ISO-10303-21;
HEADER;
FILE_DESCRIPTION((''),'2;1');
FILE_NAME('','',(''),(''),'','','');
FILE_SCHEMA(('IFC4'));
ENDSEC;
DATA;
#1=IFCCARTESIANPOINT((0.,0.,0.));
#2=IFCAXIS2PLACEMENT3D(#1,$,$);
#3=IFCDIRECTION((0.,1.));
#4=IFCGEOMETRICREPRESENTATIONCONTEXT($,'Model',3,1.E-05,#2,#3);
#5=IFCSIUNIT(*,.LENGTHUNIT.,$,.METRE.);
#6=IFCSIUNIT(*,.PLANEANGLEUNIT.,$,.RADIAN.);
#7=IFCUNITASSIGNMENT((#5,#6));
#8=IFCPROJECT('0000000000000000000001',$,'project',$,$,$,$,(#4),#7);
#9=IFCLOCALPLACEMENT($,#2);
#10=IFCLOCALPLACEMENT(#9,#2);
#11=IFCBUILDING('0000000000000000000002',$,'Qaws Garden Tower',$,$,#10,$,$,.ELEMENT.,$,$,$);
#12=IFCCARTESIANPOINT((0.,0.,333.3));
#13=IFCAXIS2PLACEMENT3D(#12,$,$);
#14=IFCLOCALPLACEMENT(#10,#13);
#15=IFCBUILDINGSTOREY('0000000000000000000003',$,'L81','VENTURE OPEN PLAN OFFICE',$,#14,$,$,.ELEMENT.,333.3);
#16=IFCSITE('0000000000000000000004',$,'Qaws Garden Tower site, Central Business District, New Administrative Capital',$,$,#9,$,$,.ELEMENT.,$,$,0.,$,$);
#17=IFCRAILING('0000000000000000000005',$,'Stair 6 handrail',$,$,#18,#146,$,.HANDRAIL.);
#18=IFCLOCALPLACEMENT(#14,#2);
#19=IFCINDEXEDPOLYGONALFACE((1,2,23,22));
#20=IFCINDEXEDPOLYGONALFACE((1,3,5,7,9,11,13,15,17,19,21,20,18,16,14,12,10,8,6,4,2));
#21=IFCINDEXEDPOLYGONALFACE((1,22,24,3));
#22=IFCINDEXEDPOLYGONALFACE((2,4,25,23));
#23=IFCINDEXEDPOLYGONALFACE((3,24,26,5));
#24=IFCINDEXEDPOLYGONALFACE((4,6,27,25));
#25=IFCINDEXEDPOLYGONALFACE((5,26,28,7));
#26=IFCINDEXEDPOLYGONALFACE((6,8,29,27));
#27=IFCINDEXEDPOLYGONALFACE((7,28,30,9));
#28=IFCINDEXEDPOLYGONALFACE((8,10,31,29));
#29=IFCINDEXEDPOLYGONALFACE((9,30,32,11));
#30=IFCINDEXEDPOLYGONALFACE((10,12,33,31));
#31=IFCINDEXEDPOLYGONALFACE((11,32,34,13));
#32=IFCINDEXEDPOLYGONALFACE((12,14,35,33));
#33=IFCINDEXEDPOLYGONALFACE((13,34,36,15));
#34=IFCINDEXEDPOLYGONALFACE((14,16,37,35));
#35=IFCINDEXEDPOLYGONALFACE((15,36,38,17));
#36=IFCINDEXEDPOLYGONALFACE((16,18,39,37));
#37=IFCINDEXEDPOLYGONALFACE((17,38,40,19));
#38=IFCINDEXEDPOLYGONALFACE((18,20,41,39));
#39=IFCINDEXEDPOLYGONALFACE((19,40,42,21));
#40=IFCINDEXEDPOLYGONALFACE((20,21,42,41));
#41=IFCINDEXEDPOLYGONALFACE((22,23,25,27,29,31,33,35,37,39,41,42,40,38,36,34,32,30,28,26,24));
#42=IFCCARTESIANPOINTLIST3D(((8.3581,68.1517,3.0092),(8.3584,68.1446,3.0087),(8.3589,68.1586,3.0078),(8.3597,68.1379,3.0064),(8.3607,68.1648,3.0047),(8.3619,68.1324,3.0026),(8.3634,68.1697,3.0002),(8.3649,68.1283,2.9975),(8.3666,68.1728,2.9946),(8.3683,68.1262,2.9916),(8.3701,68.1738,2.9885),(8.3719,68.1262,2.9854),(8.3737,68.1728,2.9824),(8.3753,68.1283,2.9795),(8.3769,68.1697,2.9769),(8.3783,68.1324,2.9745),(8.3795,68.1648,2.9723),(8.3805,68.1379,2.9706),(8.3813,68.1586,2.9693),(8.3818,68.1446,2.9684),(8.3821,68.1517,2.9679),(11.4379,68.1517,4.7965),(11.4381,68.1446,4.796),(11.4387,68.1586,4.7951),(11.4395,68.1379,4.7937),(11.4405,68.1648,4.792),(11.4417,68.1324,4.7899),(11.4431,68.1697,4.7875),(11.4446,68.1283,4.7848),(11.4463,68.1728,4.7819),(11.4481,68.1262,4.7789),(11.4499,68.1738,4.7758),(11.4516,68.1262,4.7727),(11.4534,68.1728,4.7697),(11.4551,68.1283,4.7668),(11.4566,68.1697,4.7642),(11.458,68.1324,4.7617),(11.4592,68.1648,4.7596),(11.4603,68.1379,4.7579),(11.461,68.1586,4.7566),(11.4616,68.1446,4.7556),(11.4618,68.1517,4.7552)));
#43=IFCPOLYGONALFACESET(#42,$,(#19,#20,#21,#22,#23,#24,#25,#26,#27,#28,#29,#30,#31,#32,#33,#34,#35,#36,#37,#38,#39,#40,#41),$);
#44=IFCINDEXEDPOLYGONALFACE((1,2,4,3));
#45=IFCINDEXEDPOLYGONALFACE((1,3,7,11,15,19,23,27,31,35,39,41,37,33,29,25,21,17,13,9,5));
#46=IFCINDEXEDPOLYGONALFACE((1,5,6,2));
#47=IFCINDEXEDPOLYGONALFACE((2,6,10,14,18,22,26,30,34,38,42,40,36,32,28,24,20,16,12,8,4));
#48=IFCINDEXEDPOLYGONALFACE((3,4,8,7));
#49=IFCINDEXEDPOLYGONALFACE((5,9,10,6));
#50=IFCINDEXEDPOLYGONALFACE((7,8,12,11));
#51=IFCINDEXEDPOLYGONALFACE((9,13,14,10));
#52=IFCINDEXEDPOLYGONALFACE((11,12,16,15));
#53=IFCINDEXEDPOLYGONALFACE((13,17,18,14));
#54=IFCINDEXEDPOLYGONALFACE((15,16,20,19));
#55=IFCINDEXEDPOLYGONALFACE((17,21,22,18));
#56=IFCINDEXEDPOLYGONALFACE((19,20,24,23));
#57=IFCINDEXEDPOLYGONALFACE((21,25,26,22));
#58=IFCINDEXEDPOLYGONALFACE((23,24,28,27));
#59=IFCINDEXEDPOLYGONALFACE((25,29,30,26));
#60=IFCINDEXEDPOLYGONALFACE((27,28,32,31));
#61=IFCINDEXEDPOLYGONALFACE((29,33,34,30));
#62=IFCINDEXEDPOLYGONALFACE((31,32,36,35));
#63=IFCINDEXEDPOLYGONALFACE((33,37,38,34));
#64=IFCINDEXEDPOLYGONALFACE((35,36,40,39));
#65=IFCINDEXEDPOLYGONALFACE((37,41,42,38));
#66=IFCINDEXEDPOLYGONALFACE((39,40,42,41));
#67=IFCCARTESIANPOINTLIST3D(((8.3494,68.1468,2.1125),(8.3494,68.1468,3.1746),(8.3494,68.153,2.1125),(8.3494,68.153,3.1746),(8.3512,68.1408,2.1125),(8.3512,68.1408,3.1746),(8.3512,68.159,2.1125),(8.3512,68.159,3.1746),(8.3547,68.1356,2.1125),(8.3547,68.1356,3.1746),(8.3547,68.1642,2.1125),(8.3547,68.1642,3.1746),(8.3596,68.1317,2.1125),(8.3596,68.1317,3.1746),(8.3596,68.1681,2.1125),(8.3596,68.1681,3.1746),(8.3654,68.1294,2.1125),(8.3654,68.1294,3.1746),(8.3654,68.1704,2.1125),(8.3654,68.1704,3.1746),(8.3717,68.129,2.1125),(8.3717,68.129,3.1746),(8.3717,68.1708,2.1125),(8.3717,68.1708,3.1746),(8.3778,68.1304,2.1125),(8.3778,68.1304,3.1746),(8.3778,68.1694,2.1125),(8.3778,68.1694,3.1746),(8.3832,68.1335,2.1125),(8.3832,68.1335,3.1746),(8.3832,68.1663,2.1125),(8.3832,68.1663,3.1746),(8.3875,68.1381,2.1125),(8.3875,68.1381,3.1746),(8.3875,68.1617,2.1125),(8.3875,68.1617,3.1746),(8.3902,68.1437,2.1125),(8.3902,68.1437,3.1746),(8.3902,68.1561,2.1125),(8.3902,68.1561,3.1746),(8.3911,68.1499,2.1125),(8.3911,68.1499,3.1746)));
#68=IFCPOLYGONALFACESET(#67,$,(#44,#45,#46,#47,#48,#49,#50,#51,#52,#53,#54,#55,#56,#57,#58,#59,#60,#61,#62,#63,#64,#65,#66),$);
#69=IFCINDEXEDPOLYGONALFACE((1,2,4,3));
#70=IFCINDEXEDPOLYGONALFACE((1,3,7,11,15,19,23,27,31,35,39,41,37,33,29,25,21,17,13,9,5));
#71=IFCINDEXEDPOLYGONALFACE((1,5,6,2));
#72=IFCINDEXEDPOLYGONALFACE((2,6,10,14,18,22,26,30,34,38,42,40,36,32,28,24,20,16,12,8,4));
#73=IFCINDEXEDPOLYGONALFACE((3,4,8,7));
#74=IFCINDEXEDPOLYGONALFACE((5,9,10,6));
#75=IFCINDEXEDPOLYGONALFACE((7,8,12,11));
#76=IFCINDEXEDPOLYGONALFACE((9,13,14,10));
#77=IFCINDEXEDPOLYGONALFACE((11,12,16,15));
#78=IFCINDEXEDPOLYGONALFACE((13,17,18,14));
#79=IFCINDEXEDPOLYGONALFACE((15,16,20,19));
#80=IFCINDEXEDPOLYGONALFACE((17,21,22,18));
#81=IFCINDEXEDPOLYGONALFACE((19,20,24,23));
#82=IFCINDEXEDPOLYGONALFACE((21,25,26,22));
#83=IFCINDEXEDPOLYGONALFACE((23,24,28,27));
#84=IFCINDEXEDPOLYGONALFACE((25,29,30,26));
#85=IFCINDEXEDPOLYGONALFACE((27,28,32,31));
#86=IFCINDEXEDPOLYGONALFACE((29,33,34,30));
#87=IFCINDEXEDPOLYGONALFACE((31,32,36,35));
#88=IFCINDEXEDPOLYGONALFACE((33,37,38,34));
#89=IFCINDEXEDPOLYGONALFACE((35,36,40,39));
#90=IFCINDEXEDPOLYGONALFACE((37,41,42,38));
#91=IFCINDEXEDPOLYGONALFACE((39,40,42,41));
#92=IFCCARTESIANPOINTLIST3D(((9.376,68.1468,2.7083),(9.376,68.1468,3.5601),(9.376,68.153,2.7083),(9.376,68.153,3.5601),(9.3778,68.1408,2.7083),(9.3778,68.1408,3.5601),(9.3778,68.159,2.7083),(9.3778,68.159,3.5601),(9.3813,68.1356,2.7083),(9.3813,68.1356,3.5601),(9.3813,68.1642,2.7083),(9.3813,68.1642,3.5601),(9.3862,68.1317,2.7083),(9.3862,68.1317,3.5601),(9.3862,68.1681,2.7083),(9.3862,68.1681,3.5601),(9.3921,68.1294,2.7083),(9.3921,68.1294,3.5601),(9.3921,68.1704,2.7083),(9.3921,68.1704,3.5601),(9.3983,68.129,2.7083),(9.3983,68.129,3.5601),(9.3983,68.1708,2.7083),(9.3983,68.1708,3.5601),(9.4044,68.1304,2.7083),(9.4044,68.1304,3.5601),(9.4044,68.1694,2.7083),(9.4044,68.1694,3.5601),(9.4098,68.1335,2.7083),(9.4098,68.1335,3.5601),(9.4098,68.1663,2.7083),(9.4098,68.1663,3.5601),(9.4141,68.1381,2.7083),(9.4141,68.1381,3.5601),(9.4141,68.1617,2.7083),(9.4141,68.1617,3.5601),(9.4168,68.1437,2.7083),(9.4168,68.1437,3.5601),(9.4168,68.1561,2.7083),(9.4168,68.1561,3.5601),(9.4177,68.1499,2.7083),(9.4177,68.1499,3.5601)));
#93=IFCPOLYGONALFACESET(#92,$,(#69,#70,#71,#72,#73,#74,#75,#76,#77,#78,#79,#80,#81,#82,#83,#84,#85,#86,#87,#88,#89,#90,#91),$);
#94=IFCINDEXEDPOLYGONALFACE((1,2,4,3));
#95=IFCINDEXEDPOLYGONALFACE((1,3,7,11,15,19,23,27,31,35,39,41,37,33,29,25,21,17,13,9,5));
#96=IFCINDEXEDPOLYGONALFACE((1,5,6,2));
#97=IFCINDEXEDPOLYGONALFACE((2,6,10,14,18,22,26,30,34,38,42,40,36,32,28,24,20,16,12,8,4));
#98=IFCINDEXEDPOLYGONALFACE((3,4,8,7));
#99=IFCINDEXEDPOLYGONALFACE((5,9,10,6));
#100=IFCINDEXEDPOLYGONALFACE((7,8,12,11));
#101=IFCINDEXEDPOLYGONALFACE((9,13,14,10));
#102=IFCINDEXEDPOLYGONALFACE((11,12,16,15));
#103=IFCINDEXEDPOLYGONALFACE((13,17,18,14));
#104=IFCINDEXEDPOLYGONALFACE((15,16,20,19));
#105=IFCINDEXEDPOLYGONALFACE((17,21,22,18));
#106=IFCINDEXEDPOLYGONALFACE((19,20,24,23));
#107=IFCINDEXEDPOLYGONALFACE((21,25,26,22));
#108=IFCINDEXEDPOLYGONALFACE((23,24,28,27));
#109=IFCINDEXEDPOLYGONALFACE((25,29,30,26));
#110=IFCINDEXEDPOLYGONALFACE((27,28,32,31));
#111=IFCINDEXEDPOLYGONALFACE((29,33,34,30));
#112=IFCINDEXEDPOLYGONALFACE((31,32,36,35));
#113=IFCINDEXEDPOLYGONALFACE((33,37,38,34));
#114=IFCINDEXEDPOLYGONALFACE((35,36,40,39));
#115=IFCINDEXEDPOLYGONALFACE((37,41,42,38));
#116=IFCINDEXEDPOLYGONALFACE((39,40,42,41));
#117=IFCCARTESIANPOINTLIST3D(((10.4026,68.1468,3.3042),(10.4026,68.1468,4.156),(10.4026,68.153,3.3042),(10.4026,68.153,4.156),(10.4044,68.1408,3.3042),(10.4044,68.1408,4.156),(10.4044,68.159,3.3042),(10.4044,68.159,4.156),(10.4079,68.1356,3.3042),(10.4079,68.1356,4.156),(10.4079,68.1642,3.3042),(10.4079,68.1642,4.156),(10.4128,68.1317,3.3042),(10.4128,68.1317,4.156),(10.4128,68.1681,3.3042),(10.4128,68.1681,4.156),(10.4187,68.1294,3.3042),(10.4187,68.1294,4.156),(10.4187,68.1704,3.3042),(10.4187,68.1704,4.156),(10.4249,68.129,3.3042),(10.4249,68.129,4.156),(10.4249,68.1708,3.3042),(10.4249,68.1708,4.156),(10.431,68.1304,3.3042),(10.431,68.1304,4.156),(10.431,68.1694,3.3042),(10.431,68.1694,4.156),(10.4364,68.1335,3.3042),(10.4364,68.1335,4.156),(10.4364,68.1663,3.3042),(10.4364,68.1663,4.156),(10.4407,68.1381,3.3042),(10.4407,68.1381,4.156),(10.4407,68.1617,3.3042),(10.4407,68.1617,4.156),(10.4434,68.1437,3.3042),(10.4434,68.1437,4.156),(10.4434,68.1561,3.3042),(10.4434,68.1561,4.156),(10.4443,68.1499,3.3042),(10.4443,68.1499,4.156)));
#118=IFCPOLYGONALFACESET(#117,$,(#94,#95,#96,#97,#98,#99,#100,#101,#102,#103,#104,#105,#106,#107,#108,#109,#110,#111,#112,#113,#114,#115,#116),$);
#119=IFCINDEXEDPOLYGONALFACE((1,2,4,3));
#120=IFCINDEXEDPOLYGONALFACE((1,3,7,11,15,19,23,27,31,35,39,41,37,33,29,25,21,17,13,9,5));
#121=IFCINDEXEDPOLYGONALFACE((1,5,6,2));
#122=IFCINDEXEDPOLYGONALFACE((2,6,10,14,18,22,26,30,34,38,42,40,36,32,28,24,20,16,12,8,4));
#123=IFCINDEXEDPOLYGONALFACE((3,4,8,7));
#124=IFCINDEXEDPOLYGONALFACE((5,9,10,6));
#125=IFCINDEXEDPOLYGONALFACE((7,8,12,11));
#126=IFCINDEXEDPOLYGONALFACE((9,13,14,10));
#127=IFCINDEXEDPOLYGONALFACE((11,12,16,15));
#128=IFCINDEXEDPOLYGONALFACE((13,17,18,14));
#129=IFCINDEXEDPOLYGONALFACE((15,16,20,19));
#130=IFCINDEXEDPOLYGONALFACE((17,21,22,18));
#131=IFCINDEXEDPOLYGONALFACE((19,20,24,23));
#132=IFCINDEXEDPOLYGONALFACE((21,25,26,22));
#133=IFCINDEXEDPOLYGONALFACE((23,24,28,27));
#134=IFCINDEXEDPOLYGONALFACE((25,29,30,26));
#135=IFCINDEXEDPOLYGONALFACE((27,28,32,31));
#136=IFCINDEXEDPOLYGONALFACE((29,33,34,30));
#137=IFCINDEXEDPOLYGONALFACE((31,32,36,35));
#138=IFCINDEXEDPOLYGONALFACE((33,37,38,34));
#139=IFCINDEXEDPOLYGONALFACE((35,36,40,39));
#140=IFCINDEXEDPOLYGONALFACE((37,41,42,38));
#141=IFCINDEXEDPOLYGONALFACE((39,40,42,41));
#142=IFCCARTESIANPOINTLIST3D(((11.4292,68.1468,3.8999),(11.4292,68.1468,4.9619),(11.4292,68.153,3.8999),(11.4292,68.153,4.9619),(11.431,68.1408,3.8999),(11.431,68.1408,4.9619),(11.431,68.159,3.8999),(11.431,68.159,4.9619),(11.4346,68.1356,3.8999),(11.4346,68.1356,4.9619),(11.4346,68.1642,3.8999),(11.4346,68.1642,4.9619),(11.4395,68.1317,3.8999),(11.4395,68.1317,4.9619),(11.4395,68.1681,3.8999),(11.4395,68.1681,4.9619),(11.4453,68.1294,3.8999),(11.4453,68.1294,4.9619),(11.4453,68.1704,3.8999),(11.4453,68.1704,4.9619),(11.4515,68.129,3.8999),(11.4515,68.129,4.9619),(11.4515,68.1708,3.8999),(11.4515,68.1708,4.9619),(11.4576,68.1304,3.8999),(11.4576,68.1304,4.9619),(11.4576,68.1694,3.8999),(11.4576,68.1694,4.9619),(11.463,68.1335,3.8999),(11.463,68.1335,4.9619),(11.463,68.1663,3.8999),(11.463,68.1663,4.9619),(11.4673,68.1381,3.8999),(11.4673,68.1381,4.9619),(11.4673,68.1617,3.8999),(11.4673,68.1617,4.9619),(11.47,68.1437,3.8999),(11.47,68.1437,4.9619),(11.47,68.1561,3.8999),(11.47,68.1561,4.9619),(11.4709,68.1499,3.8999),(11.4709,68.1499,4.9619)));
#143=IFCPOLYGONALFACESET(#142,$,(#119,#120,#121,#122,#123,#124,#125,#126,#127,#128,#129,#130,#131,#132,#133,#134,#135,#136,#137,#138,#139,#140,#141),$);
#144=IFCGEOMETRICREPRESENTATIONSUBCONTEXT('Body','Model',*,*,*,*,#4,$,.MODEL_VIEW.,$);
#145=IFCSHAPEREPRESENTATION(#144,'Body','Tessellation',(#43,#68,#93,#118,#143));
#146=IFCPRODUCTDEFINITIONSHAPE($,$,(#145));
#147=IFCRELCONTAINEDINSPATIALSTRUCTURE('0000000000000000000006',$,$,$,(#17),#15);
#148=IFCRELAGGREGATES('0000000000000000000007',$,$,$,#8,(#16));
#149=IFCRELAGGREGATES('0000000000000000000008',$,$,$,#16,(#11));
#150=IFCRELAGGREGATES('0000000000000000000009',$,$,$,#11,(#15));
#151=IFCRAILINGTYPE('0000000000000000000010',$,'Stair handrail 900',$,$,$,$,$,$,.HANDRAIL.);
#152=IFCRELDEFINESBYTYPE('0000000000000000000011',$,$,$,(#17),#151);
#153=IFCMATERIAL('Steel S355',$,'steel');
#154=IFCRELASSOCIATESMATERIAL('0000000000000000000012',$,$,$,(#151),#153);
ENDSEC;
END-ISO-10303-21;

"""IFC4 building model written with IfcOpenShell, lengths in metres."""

from ifc_helpers import new_model, si_unit, direction, frame, origin, origin_2d, place, context, subcontext, project, spatial, circle, extrude, material, type_object, element, save


model = new_model("IFC4")

# Units and contexts
model_context = context("Model", 3, precision=1e-05, world=origin(), true_north=direction((0.0, 1.0)))
body_context = subcontext(model_context, "Body", "Model", "MODEL_VIEW")
ifc_project = project(units=[si_unit("LENGTHUNIT", "METRE"), si_unit("PLANEANGLEUNIT", "RADIAN")], contexts=[model_context])

# Site, building, storey
site_placement = place(None, origin())
site = spatial("IfcSite", under=ifc_project, at=site_placement, Name="Qaws Garden Tower site, Central Business District, New Administrative Capital", CompositionType="ELEMENT", RefElevation=0.0)
building_placement = place(site_placement, origin())
building = spatial("IfcBuilding", under=site, at=building_placement, Name="Qaws Garden Tower", CompositionType="ELEMENT")
storey_placement = place(building_placement, frame((0.0, 0.0, 333.3)))
storey = spatial("IfcBuildingStorey", under=building, at=storey_placement, Name="L81", Description="VENTURE OPEN PLAN OFFICE", CompositionType="ELEMENT", Elevation=333.3)

# Railing
ifc_material_1 = material(Name="Steel S355", Category="steel")
railing_type = type_object("IfcRailingType", Name="Stair handrail 900", PredefinedType="HANDRAIL", material=ifc_material_1)
railing_1_placement = place(storey_placement, frame((8.3701, 68.1499, 2.1125)))
element("IfcRailing", 1, at=railing_1_placement, inside=storey, type_object=railing_type, Name="Stair 6 handrail", PredefinedType="HANDRAIL", context=body_context, shape_type="SweptSolid", body=[
    extrude(circle(Radius=0.0239, at=origin_2d()), frame((0.0, 0.0, 0.876), z_axis=(0.864903, 0.0, 0.501939), x_axis=(0.0, 1.0, 0.0)), (0.0, 0.0, 1.0), 3.5608),
    extrude(circle(Radius=0.021, at=origin_2d()), origin(), (0.0, 0.0, 1.0), 1.062),
    extrude(circle(Radius=0.021, at=origin_2d()), frame((1.0266, 0.0, 0.5957)), (0.0, 0.0, 1.0), 0.8518),
    extrude(circle(Radius=0.021, at=origin_2d()), frame((2.0532, 0.0, 1.1917)), (0.0, 0.0, 1.0), 0.8518),
    extrude(circle(Radius=0.021, at=origin_2d()), frame((3.0798, 0.0, 1.7874)), (0.0, 0.0, 1.0), 1.062),
])

save(model, "model.ifc")
